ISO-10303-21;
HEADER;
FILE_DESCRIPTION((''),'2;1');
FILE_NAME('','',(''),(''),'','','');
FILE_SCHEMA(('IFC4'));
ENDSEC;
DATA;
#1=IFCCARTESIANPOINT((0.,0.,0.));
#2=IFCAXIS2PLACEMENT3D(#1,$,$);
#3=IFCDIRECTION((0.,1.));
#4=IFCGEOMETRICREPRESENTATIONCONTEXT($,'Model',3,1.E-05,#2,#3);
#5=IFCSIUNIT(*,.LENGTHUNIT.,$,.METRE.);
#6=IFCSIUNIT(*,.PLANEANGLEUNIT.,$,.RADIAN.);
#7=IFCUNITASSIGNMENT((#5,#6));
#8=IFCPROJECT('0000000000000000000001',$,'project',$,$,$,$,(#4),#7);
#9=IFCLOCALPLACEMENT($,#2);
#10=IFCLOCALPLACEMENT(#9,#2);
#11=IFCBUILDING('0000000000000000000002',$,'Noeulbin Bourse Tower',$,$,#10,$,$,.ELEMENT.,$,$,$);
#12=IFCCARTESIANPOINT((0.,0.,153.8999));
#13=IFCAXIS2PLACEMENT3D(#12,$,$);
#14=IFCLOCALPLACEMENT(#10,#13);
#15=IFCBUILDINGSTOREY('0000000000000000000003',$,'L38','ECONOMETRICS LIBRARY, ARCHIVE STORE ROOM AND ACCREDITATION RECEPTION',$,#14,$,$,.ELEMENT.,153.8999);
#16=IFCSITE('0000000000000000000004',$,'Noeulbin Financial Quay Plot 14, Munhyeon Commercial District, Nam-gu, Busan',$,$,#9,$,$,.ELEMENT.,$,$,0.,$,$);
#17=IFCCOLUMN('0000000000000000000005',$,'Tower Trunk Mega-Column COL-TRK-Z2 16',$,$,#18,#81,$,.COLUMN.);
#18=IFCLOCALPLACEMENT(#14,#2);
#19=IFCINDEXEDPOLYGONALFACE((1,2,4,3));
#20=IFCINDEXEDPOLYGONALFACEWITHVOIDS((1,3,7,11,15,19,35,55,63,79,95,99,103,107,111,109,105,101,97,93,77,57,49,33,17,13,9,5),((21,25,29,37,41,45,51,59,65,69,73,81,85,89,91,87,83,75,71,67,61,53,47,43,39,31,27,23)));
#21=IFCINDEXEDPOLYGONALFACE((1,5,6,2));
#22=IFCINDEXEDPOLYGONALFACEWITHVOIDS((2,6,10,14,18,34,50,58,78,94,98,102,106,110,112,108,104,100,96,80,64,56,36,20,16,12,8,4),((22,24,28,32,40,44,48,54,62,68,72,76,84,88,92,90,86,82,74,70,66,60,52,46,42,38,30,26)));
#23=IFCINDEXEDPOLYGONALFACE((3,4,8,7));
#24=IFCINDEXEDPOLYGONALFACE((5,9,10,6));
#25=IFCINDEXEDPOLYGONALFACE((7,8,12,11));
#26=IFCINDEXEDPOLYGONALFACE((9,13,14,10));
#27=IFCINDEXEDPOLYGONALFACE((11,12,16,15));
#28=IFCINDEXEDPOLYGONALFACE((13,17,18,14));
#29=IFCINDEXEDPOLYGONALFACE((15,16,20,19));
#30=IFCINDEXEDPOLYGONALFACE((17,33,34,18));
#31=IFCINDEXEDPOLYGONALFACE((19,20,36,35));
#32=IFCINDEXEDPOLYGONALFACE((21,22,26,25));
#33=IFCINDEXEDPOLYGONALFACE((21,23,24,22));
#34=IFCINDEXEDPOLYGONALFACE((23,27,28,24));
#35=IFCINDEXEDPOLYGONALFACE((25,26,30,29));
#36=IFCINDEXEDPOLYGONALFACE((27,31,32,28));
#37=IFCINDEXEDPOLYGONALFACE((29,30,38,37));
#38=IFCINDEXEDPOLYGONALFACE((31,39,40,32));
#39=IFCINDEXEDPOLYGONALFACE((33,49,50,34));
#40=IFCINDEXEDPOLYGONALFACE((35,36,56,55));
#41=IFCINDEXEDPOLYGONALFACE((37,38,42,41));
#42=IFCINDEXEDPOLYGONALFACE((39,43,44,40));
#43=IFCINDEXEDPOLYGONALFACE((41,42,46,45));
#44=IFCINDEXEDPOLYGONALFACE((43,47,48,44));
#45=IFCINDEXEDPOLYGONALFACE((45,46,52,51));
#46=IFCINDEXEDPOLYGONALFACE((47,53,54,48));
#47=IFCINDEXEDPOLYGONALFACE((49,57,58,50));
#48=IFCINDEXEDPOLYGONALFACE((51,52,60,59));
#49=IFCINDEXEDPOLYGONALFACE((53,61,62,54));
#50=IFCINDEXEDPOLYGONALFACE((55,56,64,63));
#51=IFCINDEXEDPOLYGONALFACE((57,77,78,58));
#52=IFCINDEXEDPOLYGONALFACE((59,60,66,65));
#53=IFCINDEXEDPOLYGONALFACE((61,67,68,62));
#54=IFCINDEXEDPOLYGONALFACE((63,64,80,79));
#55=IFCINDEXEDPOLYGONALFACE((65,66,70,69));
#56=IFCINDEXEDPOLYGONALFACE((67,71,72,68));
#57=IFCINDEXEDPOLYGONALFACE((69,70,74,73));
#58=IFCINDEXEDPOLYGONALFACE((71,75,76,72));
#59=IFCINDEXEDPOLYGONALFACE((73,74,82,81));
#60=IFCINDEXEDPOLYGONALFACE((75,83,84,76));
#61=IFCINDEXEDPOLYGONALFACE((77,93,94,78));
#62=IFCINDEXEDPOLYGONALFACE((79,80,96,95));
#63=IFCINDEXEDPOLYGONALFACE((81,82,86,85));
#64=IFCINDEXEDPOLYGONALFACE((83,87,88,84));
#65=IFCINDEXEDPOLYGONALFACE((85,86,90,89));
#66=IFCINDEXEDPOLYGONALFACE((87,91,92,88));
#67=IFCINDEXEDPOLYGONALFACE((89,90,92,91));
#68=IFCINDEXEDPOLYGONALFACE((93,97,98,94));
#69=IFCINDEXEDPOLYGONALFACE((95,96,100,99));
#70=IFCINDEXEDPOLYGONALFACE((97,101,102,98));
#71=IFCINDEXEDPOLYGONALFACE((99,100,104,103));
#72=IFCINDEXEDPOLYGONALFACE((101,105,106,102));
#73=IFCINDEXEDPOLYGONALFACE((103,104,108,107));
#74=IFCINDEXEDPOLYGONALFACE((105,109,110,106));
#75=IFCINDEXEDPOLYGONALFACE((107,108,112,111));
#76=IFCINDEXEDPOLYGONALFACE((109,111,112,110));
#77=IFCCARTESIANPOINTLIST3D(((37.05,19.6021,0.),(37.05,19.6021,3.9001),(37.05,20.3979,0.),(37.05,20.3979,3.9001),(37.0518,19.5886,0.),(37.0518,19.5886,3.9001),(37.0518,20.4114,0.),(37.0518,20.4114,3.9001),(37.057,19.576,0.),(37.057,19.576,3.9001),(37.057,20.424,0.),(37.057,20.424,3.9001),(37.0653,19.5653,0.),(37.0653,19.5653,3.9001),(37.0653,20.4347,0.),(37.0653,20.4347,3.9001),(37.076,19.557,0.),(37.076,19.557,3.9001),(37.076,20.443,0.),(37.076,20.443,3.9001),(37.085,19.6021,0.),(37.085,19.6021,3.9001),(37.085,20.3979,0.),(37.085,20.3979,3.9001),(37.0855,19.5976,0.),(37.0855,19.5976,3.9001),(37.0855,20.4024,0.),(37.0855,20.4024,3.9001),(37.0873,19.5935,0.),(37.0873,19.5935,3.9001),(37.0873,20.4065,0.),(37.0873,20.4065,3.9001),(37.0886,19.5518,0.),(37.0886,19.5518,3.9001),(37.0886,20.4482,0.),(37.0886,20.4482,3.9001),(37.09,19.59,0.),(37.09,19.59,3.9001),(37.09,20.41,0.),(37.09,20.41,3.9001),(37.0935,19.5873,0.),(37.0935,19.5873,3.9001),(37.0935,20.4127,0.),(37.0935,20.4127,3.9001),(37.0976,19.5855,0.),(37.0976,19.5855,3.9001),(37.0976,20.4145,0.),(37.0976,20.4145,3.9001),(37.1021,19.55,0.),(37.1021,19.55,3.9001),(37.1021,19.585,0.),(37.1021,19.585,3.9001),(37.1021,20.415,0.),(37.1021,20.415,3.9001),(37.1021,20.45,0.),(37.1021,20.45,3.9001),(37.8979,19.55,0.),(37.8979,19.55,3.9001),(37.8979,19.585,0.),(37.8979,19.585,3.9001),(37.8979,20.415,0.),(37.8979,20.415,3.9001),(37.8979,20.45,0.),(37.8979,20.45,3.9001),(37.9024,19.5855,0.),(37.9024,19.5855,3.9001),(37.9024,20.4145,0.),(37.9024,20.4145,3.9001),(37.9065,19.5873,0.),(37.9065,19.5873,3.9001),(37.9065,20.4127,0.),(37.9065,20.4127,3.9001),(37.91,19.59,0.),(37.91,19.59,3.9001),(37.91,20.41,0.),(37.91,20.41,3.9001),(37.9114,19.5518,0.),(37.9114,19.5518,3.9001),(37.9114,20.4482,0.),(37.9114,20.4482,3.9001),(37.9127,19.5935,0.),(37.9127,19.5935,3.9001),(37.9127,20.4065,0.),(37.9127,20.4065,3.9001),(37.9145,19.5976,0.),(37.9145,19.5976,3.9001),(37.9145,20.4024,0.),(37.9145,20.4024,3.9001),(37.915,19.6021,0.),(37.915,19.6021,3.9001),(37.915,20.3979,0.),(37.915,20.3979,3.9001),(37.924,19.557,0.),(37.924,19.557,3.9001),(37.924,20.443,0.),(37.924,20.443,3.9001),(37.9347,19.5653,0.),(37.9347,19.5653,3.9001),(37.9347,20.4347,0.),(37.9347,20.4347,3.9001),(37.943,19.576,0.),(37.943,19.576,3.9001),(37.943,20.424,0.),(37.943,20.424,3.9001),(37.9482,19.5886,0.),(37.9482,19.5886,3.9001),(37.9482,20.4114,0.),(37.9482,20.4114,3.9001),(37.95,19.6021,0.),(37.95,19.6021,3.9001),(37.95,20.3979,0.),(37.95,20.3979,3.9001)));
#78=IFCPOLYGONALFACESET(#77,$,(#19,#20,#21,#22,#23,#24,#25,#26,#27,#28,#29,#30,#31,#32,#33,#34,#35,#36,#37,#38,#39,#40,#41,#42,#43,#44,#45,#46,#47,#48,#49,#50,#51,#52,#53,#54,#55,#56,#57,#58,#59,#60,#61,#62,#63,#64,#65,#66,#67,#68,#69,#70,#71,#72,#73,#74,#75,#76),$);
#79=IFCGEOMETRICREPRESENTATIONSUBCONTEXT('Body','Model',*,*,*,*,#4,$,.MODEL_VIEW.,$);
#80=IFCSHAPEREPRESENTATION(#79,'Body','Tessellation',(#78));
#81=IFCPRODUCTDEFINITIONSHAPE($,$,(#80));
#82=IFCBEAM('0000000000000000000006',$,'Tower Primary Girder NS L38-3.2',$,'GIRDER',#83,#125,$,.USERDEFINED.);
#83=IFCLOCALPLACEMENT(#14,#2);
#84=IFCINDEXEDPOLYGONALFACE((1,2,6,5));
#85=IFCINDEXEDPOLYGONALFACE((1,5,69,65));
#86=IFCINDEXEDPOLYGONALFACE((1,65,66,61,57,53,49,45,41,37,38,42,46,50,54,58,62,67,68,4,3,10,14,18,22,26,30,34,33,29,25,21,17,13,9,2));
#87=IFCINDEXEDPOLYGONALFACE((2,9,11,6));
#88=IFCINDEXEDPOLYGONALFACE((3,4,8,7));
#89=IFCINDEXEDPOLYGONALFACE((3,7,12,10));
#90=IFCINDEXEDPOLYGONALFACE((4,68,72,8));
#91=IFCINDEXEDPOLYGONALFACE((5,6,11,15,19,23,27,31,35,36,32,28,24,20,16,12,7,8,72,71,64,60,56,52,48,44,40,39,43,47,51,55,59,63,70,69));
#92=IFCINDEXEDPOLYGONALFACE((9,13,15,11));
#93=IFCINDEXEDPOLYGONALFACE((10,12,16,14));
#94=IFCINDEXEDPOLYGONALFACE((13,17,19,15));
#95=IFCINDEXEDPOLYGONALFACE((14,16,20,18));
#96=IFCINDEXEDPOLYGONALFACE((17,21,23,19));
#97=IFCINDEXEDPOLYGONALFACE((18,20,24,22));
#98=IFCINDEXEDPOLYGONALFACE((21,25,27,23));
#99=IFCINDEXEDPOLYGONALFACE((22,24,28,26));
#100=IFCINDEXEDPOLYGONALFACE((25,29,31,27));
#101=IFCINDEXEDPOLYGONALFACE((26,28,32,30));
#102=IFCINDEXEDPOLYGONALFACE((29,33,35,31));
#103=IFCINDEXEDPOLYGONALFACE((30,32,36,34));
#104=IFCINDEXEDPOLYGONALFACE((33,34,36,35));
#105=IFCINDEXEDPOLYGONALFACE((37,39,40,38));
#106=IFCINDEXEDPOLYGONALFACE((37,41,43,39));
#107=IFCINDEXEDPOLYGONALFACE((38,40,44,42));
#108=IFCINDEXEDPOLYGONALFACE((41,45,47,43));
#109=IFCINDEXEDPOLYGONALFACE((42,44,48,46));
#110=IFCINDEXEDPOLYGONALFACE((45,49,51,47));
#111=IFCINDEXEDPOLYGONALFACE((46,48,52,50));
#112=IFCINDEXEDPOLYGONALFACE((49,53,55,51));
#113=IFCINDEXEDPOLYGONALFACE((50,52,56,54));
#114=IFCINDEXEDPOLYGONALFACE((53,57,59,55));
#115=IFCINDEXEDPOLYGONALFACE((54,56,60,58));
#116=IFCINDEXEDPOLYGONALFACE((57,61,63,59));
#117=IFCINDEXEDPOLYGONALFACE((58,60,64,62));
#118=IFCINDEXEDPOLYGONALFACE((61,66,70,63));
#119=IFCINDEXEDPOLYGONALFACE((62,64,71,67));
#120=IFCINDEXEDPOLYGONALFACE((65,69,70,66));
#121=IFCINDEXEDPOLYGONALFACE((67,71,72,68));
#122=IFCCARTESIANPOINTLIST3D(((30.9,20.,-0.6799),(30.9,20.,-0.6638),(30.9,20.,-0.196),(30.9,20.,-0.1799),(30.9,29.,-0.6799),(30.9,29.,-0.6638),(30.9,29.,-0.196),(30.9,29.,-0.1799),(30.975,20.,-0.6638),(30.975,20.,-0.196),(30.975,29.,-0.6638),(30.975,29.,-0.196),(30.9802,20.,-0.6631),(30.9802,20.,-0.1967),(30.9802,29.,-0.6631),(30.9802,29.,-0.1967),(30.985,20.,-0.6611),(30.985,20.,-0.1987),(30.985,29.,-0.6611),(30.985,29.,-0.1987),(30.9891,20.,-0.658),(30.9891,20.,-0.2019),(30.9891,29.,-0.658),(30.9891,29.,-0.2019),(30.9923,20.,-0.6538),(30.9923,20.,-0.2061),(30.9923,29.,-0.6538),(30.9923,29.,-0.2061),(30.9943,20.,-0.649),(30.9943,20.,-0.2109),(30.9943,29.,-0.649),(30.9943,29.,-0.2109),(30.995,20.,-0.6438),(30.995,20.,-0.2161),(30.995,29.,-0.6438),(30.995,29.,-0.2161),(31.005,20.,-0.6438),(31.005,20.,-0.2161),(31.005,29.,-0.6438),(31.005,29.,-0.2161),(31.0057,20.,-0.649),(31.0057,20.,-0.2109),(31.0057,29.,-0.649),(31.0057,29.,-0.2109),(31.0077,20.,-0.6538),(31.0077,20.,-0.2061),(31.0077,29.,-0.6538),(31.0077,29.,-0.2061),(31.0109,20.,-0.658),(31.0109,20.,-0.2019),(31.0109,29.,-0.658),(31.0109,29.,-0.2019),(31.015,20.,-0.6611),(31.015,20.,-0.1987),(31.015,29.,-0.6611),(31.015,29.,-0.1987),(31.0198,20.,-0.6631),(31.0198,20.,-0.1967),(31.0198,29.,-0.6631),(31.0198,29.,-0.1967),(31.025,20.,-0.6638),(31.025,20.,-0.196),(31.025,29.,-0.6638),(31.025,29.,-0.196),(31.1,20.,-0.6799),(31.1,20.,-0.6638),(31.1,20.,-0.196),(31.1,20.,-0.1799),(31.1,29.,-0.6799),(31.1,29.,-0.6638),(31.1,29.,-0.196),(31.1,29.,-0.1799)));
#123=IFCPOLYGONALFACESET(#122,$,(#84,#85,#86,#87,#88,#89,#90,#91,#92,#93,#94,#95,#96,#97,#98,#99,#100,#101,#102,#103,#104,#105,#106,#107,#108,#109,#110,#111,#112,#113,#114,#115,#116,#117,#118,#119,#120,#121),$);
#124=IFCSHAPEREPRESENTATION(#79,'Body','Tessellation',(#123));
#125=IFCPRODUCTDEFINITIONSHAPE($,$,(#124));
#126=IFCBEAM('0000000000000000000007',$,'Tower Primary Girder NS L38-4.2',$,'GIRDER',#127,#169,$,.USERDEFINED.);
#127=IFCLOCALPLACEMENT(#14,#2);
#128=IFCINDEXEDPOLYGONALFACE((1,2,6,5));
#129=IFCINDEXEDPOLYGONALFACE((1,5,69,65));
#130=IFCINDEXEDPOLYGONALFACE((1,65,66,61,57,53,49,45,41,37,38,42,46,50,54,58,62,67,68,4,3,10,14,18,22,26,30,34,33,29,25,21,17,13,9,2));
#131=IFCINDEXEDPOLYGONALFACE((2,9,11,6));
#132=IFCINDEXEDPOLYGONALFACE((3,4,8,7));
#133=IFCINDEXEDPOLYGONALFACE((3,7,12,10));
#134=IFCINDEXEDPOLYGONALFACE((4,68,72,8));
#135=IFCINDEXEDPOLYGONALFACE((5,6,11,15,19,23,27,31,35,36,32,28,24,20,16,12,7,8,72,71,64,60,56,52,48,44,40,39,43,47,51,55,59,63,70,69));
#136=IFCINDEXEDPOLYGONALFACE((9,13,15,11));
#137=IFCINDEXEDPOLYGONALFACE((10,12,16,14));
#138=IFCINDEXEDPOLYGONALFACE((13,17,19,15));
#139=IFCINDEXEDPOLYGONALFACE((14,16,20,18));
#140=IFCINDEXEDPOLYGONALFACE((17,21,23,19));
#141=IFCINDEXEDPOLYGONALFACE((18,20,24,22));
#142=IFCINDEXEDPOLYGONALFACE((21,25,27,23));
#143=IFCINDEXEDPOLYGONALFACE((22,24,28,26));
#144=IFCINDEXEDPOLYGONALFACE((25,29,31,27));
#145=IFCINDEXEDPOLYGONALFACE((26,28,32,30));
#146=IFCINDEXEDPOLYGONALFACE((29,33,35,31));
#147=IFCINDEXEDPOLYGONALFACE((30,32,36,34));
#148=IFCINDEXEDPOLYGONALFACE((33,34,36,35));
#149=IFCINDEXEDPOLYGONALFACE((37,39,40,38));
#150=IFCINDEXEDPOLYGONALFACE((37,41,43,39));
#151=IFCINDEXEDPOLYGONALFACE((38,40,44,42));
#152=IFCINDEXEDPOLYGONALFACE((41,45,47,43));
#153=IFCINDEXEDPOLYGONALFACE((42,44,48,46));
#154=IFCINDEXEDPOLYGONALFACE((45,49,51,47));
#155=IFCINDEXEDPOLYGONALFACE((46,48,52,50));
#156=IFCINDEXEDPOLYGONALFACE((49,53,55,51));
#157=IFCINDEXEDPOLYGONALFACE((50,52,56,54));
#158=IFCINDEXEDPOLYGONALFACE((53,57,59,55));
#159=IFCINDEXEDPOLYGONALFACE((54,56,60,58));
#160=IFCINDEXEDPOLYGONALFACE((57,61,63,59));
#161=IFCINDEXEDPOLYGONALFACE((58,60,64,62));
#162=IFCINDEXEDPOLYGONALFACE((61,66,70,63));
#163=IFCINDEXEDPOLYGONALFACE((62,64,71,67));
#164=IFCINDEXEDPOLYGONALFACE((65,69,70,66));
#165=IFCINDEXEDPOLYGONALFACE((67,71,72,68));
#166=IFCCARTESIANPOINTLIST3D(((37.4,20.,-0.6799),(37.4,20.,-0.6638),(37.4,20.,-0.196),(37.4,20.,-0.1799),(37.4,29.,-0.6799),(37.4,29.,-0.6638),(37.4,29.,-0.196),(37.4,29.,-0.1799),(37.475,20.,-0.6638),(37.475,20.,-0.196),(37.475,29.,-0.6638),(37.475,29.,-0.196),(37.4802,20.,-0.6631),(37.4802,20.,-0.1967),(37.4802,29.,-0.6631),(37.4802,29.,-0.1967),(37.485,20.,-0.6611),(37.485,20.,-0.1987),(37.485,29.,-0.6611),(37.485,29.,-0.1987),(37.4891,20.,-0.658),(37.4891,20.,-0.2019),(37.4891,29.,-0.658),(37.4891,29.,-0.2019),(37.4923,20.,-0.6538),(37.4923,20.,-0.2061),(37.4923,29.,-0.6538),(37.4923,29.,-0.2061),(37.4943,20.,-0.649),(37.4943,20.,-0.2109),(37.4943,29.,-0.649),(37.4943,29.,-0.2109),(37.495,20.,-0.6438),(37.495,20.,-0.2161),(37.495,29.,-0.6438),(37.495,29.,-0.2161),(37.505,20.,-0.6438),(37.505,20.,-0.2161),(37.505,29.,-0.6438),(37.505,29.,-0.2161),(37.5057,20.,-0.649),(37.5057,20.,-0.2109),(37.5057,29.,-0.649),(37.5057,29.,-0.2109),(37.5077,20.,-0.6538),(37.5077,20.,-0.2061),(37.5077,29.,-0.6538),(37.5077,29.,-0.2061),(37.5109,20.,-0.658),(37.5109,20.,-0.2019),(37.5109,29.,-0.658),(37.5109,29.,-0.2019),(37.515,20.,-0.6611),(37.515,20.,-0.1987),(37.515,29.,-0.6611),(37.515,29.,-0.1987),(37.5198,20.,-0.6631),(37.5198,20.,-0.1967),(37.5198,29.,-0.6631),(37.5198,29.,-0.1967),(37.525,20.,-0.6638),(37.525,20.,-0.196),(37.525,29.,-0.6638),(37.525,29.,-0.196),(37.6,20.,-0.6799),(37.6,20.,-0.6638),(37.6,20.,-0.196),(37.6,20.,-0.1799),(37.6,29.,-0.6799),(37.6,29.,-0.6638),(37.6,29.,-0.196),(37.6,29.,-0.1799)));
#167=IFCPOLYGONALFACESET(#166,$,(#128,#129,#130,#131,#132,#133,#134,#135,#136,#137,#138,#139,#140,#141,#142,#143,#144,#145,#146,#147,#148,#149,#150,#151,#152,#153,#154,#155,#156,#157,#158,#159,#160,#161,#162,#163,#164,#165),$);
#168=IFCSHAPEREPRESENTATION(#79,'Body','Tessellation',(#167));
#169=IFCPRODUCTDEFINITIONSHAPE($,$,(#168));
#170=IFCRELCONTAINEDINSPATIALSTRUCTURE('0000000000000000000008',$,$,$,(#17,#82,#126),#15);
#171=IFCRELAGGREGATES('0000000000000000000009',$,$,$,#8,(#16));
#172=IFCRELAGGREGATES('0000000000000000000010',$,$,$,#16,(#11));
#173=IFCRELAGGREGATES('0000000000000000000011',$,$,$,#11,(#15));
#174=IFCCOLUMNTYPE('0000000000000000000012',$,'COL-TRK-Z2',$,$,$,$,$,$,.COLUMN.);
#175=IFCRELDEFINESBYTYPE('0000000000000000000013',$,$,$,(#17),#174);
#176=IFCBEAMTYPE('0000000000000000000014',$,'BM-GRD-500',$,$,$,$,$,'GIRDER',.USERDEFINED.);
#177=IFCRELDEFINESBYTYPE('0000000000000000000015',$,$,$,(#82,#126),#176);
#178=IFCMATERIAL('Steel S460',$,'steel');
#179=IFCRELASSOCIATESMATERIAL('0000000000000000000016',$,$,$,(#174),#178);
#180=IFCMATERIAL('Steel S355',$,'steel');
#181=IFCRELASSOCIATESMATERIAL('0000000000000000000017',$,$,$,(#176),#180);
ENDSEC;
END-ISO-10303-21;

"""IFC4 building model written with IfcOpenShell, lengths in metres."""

from ifc_helpers import new_model, si_unit, direction, frame, origin, origin_2d, place, context, subcontext, project, spatial, hollow_rectangle, i_section, extrude, material, material_profile, profile_set, type_object, element, save


model = new_model("IFC4")

# Units and contexts
model_context = context("Model", 3, precision=1e-05, world=origin(), true_north=direction((0.0, 1.0)))
body_context = subcontext(model_context, "Body", "Model", "MODEL_VIEW")
ifc_project = project(units=[si_unit("LENGTHUNIT", "METRE"), si_unit("PLANEANGLEUNIT", "RADIAN")], contexts=[model_context])

# Site, building, storey
site_placement = place(None, origin())
site = spatial("IfcSite", under=ifc_project, at=site_placement, Name="Noeulbin Financial Quay Plot 14, Munhyeon Commercial District, Nam-gu, Busan", CompositionType="ELEMENT", RefElevation=0.0)
building_placement = place(site_placement, origin())
building = spatial("IfcBuilding", under=site, at=building_placement, Name="Noeulbin Bourse Tower", CompositionType="ELEMENT")
storey_placement = place(building_placement, frame((0.0, 0.0, 153.8999)))
storey = spatial("IfcBuildingStorey", under=building, at=storey_placement, Name="L38", Description="ECONOMETRICS LIBRARY, ARCHIVE STORE ROOM AND ACCREDITATION RECEPTION", CompositionType="ELEMENT", Elevation=153.8999)

# Column
ifc_material_1 = material(Name="Steel S460", Category="steel")
ifc_material_profile_1 = material_profile(ifc_material_1, hollow_rectangle(XDim=0.8999, YDim=0.8999, WallThickness=0.0349, InnerFilletRadius=0.0171, OuterFilletRadius=0.052, at=origin_2d()), Name="BOX-900x900x35", Category="LoadBearing")
ifc_profile_set_1 = profile_set([ifc_material_profile_1], Name="Steel S460")
column_type = type_object("IfcColumnType", Name="COL-TRK-Z2", PredefinedType="COLUMN", material=ifc_profile_set_1)
for number, where, z_axis, x_axis, name in (
    (1, (37.5, 20.0, 0.0), (0.0, 0.0, 1.0), (1.0, 0.0, 0.0), "Tower Trunk Mega-Column COL-TRK-Z2 16"),
):
    element("IfcColumn", number, at=place(storey_placement, frame(where, z_axis=z_axis, x_axis=x_axis)), inside=storey, type_object=column_type, Name=name, PredefinedType="COLUMN", context=body_context, shape_type="SweptSolid", body=[
        extrude(hollow_rectangle(XDim=0.8999, YDim=0.8999, WallThickness=0.0349, InnerFilletRadius=0.0171, OuterFilletRadius=0.052, at=origin_2d()), origin(), (0.0, 0.0, 1.0), 3.9001),
    ])

# Beams
ifc_material_2 = material(Name="Steel S355", Category="steel")
ifc_material_profile_2 = material_profile(ifc_material_2, i_section(OverallWidth=0.2, OverallDepth=0.5, WebThickness=0.01, FlangeThickness=0.0161, FilletRadius=0.02, at=origin_2d()), Name="H-500x200x10x16", Category="LoadBearing")
ifc_profile_set_2 = profile_set([ifc_material_profile_2], Name="Steel S355")
beam_type_1 = type_object("IfcBeamType", Name="BM-GRD-500", ElementType="GIRDER", PredefinedType="USERDEFINED", material=ifc_profile_set_2)
for number, where, z_axis, x_axis, name in (
    (2, (31.0, 20.0, -0.4299), (0.0, 1.0, 0.0), (-1.0, 0.0, 0.0), "Tower Primary Girder NS L38-3.2"),
    (3, (37.5, 20.0, -0.4299), (0.0, 1.0, 0.0), (-1.0, 0.0, 0.0), "Tower Primary Girder NS L38-4.2"),
):
    element("IfcBeam", number, at=place(storey_placement, frame(where, z_axis=z_axis, x_axis=x_axis)), inside=storey, type_object=beam_type_1, Name=name, ObjectType="GIRDER", PredefinedType="USERDEFINED", context=body_context, shape_type="SweptSolid", body=[
        extrude(i_section(OverallWidth=0.2, OverallDepth=0.5, WebThickness=0.01, FlangeThickness=0.0161, FilletRadius=0.02, at=origin_2d()), origin(), (0.0, 0.0, 1.0), 9.0),
    ])

save(model, "model.ifc")
